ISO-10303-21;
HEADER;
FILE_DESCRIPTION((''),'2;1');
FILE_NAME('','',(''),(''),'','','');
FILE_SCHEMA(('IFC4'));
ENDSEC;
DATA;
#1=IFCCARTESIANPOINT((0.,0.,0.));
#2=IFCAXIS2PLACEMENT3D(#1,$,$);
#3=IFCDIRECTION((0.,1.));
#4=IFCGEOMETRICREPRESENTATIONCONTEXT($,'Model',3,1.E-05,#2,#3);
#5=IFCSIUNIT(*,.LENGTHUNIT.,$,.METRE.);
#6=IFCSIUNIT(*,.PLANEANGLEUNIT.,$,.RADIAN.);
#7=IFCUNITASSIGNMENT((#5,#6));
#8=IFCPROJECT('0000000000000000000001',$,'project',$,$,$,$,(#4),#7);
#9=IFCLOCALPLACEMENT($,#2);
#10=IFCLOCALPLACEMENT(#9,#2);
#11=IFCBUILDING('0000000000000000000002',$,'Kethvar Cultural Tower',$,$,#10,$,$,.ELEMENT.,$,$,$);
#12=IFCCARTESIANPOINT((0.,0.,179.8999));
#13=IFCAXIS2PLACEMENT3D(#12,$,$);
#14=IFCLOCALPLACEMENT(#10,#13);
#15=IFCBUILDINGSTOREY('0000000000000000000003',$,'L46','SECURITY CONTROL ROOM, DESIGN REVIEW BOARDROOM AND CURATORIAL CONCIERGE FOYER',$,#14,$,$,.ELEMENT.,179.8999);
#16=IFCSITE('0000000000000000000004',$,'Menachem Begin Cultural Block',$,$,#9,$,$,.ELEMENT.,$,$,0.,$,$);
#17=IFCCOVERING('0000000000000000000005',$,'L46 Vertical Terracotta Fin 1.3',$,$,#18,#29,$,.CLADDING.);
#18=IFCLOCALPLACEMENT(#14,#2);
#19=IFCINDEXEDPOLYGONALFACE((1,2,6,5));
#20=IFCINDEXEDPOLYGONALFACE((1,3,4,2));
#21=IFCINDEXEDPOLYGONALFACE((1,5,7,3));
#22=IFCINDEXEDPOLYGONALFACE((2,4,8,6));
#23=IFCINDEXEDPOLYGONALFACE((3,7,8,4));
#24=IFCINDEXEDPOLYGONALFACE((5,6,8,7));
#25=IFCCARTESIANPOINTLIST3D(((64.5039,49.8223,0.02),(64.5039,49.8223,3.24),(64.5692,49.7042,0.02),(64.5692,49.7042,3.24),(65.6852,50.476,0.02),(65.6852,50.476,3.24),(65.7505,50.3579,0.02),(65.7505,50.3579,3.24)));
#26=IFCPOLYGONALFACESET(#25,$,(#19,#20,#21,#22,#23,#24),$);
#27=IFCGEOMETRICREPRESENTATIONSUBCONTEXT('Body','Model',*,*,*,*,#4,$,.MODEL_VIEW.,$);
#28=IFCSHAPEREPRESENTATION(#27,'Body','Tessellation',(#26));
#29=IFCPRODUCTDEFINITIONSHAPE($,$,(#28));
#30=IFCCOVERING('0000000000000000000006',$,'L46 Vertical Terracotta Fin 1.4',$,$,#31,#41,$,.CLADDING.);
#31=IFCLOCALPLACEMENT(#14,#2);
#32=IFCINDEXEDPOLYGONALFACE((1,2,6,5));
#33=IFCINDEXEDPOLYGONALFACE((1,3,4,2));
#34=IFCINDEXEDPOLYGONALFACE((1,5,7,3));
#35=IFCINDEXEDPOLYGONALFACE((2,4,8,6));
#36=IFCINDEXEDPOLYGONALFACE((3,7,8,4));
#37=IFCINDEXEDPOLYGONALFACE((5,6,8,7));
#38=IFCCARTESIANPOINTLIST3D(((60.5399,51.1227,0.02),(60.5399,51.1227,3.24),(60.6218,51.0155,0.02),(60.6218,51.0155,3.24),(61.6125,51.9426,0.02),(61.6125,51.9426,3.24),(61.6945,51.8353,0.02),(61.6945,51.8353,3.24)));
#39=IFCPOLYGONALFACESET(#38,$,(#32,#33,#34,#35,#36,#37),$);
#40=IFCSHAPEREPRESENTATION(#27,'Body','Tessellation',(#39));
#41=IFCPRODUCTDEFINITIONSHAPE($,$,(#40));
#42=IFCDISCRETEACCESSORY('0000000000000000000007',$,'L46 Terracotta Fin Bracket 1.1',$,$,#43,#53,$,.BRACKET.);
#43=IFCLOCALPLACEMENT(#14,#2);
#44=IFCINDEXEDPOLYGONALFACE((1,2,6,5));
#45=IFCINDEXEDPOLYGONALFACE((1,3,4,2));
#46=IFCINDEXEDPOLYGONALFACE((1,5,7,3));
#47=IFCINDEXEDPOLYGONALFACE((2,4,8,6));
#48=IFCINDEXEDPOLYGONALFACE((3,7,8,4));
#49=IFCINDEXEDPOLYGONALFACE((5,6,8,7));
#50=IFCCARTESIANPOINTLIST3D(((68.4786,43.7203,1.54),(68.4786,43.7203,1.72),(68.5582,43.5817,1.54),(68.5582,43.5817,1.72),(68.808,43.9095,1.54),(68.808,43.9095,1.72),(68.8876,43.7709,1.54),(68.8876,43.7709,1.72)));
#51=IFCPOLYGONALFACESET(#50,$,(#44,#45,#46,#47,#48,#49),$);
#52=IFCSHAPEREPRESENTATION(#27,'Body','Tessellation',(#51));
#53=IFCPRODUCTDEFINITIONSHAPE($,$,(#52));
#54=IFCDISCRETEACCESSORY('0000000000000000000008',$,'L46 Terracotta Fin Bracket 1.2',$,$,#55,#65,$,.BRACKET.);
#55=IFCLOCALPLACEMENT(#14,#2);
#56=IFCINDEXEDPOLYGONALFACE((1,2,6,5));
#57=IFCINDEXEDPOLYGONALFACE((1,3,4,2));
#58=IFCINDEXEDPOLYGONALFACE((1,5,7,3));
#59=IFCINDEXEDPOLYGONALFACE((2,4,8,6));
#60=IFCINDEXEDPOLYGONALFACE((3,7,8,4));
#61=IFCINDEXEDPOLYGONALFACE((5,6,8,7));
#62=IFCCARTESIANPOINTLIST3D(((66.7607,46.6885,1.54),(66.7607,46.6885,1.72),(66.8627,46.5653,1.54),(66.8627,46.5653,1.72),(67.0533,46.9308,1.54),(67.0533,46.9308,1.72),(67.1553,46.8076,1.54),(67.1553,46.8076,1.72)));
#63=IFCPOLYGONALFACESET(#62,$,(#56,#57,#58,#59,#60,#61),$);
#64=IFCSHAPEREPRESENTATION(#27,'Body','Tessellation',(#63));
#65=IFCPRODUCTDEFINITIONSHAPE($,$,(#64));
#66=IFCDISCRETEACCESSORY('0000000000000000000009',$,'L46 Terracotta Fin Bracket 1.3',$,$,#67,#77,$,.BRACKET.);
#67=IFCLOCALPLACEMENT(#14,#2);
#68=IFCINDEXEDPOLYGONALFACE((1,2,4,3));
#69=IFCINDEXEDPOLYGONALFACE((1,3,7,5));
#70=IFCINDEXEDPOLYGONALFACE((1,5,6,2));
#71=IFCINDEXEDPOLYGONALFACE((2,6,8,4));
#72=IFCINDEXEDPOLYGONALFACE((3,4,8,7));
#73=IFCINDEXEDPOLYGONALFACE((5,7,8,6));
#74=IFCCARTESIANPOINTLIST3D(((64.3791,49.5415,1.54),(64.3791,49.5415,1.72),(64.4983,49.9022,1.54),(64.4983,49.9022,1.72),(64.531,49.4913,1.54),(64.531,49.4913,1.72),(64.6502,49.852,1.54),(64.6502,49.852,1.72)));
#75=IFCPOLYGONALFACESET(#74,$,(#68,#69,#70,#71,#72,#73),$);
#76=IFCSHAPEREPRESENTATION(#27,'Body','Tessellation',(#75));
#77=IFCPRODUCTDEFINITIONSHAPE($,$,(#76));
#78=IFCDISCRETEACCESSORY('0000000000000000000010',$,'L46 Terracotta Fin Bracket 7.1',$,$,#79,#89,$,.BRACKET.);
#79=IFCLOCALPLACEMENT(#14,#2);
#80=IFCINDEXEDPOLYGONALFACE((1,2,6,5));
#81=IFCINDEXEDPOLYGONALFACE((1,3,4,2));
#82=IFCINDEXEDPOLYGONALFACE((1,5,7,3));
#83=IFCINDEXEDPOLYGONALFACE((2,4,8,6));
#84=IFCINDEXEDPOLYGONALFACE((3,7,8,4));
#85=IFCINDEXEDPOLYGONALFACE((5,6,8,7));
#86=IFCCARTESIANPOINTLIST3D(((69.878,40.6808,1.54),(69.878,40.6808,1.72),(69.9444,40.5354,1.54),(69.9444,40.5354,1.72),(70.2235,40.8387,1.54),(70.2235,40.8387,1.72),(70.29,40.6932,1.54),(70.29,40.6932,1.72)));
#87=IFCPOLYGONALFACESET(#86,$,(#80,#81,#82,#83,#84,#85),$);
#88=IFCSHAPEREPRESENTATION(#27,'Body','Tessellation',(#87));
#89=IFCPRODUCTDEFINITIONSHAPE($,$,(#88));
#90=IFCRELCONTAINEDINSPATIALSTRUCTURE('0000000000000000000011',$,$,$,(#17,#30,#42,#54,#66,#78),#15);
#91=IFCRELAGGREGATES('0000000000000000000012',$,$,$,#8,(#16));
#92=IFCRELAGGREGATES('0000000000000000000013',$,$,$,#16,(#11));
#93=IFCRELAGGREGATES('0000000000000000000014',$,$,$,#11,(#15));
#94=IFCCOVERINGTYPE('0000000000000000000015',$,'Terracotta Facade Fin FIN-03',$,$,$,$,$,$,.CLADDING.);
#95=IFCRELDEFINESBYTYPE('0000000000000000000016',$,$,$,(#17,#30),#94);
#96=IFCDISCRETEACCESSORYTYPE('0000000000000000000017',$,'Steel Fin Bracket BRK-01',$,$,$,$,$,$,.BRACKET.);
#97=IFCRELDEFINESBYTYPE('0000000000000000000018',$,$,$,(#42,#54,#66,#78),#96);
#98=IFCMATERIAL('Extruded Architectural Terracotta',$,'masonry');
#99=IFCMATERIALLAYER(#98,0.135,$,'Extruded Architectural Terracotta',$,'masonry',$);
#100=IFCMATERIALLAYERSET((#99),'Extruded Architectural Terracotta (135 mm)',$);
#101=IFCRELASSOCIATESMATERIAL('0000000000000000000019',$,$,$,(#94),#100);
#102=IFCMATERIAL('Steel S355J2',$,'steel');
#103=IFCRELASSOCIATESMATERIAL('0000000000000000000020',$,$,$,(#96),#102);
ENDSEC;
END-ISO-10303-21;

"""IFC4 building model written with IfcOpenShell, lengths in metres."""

from ifc_helpers import new_model, si_unit, direction, frame, origin, origin_2d, place, context, subcontext, project, spatial, rectangle, extrude, source, transform, mapped, material, layer, layer_set, type_object, element, save


model = new_model("IFC4")

# Units and contexts
model_context = context("Model", 3, precision=1e-05, world=origin(), true_north=direction((0.0, 1.0)))
body_context = subcontext(model_context, "Body", "Model", "MODEL_VIEW")
ifc_project = project(units=[si_unit("LENGTHUNIT", "METRE"), si_unit("PLANEANGLEUNIT", "RADIAN")], contexts=[model_context])

# Site, building, storey
site_placement = place(None, origin())
site = spatial("IfcSite", under=ifc_project, at=site_placement, Name="Menachem Begin Cultural Block", CompositionType="ELEMENT", RefElevation=0.0)
building_placement = place(site_placement, origin())
building = spatial("IfcBuilding", under=site, at=building_placement, Name="Kethvar Cultural Tower", CompositionType="ELEMENT")
storey_placement = place(building_placement, frame((0.0, 0.0, 179.8999)))
storey = spatial("IfcBuildingStorey", under=building, at=storey_placement, Name="L46", Description="SECURITY CONTROL ROOM, DESIGN REVIEW BOARDROOM AND CURATORIAL CONCIERGE FOYER", CompositionType="ELEMENT", Elevation=179.8999)

# Shared definitions
ifc_material_1 = material(Name="Steel S355J2", Category="steel")

# Coverings
ifc_material_2 = material(Name="Extruded Architectural Terracotta", Category="masonry")
ifc_layer_1 = layer(ifc_material_2, 0.135, Name="Extruded Architectural Terracotta", Category="masonry")
ifc_layer_set_1 = layer_set([ifc_layer_1], Name="Extruded Architectural Terracotta (135 mm)")
covering_type_1 = type_object("IfcCoveringType", Name="Terracotta Facade Fin FIN-03", PredefinedType="CLADDING", material=ifc_layer_set_1)
shared_shape_1 = source(origin(), body_context, "Body", "SweptSolid", [
    extrude(rectangle(XDim=1.3501, YDim=0.135, at=origin_2d()), origin(), (0.0, 0.0, 1.0), 3.22),
])
for number, where, z_axis, x_axis, name in (
    (1, (65.1272, 50.0901, 0.02), (0.0, 0.0, 1.0), (0.874958, 0.484199, 0.0), "L46 Vertical Terracotta Fin 1.3"),
    (2, (61.1172, 51.479, 0.02), (0.0, 0.0, 1.0), (0.794521, 0.607237, 0.0), "L46 Vertical Terracotta Fin 1.4"),
):
    element("IfcCovering", number, at=place(storey_placement, frame(where, z_axis=z_axis, x_axis=x_axis)), inside=storey, type_object=covering_type_1, Name=name, PredefinedType="CLADDING", context=body_context, shape_type="MappedRepresentation", body=[
        mapped(shared_shape_1, transform((0.0, 0.0, 0.0), scale=1.0)),
    ])

# Discrete accessories
discrete_accessory_type = type_object("IfcDiscreteAccessoryType", Name="Steel Fin Bracket BRK-01", PredefinedType="BRACKET", material=ifc_material_1)
shared_shape_2 = source(origin(), body_context, "Body", "SweptSolid", [
    extrude(rectangle(XDim=0.3799, YDim=0.1599, at=origin_2d()), origin(), (0.0, 0.0, 1.0), 0.1799),
])
for number, where, z_axis, x_axis, name in (
    (3, (68.6831, 43.7456, 1.54), (0.0, 0.0, 1.0), (0.867158, 0.498034, 0.0), "L46 Terracotta Fin Bracket 1.1"),
    (4, (66.958, 46.748, 1.54), (0.0, 0.0, 1.0), (0.770179, 0.637827, 0.0), "L46 Terracotta Fin Bracket 1.2"),
    (5, (64.5146, 49.6968, 1.54), (0.0, 0.0, 1.0), (0.313827, 0.94948, 0.0), "L46 Terracotta Fin Bracket 1.3"),
    (6, (70.084, 40.687, 1.54), (0.0, 0.0, 1.0), (0.909599, 0.415487, 0.0), "L46 Terracotta Fin Bracket 7.1"),
):
    element("IfcDiscreteAccessory", number, at=place(storey_placement, frame(where, z_axis=z_axis, x_axis=x_axis)), inside=storey, type_object=discrete_accessory_type, Name=name, PredefinedType="BRACKET", context=body_context, shape_type="MappedRepresentation", body=[
        mapped(shared_shape_2, transform((0.0, 0.0, 0.0), scale=1.0)),
    ])

save(model, "model.ifc")
